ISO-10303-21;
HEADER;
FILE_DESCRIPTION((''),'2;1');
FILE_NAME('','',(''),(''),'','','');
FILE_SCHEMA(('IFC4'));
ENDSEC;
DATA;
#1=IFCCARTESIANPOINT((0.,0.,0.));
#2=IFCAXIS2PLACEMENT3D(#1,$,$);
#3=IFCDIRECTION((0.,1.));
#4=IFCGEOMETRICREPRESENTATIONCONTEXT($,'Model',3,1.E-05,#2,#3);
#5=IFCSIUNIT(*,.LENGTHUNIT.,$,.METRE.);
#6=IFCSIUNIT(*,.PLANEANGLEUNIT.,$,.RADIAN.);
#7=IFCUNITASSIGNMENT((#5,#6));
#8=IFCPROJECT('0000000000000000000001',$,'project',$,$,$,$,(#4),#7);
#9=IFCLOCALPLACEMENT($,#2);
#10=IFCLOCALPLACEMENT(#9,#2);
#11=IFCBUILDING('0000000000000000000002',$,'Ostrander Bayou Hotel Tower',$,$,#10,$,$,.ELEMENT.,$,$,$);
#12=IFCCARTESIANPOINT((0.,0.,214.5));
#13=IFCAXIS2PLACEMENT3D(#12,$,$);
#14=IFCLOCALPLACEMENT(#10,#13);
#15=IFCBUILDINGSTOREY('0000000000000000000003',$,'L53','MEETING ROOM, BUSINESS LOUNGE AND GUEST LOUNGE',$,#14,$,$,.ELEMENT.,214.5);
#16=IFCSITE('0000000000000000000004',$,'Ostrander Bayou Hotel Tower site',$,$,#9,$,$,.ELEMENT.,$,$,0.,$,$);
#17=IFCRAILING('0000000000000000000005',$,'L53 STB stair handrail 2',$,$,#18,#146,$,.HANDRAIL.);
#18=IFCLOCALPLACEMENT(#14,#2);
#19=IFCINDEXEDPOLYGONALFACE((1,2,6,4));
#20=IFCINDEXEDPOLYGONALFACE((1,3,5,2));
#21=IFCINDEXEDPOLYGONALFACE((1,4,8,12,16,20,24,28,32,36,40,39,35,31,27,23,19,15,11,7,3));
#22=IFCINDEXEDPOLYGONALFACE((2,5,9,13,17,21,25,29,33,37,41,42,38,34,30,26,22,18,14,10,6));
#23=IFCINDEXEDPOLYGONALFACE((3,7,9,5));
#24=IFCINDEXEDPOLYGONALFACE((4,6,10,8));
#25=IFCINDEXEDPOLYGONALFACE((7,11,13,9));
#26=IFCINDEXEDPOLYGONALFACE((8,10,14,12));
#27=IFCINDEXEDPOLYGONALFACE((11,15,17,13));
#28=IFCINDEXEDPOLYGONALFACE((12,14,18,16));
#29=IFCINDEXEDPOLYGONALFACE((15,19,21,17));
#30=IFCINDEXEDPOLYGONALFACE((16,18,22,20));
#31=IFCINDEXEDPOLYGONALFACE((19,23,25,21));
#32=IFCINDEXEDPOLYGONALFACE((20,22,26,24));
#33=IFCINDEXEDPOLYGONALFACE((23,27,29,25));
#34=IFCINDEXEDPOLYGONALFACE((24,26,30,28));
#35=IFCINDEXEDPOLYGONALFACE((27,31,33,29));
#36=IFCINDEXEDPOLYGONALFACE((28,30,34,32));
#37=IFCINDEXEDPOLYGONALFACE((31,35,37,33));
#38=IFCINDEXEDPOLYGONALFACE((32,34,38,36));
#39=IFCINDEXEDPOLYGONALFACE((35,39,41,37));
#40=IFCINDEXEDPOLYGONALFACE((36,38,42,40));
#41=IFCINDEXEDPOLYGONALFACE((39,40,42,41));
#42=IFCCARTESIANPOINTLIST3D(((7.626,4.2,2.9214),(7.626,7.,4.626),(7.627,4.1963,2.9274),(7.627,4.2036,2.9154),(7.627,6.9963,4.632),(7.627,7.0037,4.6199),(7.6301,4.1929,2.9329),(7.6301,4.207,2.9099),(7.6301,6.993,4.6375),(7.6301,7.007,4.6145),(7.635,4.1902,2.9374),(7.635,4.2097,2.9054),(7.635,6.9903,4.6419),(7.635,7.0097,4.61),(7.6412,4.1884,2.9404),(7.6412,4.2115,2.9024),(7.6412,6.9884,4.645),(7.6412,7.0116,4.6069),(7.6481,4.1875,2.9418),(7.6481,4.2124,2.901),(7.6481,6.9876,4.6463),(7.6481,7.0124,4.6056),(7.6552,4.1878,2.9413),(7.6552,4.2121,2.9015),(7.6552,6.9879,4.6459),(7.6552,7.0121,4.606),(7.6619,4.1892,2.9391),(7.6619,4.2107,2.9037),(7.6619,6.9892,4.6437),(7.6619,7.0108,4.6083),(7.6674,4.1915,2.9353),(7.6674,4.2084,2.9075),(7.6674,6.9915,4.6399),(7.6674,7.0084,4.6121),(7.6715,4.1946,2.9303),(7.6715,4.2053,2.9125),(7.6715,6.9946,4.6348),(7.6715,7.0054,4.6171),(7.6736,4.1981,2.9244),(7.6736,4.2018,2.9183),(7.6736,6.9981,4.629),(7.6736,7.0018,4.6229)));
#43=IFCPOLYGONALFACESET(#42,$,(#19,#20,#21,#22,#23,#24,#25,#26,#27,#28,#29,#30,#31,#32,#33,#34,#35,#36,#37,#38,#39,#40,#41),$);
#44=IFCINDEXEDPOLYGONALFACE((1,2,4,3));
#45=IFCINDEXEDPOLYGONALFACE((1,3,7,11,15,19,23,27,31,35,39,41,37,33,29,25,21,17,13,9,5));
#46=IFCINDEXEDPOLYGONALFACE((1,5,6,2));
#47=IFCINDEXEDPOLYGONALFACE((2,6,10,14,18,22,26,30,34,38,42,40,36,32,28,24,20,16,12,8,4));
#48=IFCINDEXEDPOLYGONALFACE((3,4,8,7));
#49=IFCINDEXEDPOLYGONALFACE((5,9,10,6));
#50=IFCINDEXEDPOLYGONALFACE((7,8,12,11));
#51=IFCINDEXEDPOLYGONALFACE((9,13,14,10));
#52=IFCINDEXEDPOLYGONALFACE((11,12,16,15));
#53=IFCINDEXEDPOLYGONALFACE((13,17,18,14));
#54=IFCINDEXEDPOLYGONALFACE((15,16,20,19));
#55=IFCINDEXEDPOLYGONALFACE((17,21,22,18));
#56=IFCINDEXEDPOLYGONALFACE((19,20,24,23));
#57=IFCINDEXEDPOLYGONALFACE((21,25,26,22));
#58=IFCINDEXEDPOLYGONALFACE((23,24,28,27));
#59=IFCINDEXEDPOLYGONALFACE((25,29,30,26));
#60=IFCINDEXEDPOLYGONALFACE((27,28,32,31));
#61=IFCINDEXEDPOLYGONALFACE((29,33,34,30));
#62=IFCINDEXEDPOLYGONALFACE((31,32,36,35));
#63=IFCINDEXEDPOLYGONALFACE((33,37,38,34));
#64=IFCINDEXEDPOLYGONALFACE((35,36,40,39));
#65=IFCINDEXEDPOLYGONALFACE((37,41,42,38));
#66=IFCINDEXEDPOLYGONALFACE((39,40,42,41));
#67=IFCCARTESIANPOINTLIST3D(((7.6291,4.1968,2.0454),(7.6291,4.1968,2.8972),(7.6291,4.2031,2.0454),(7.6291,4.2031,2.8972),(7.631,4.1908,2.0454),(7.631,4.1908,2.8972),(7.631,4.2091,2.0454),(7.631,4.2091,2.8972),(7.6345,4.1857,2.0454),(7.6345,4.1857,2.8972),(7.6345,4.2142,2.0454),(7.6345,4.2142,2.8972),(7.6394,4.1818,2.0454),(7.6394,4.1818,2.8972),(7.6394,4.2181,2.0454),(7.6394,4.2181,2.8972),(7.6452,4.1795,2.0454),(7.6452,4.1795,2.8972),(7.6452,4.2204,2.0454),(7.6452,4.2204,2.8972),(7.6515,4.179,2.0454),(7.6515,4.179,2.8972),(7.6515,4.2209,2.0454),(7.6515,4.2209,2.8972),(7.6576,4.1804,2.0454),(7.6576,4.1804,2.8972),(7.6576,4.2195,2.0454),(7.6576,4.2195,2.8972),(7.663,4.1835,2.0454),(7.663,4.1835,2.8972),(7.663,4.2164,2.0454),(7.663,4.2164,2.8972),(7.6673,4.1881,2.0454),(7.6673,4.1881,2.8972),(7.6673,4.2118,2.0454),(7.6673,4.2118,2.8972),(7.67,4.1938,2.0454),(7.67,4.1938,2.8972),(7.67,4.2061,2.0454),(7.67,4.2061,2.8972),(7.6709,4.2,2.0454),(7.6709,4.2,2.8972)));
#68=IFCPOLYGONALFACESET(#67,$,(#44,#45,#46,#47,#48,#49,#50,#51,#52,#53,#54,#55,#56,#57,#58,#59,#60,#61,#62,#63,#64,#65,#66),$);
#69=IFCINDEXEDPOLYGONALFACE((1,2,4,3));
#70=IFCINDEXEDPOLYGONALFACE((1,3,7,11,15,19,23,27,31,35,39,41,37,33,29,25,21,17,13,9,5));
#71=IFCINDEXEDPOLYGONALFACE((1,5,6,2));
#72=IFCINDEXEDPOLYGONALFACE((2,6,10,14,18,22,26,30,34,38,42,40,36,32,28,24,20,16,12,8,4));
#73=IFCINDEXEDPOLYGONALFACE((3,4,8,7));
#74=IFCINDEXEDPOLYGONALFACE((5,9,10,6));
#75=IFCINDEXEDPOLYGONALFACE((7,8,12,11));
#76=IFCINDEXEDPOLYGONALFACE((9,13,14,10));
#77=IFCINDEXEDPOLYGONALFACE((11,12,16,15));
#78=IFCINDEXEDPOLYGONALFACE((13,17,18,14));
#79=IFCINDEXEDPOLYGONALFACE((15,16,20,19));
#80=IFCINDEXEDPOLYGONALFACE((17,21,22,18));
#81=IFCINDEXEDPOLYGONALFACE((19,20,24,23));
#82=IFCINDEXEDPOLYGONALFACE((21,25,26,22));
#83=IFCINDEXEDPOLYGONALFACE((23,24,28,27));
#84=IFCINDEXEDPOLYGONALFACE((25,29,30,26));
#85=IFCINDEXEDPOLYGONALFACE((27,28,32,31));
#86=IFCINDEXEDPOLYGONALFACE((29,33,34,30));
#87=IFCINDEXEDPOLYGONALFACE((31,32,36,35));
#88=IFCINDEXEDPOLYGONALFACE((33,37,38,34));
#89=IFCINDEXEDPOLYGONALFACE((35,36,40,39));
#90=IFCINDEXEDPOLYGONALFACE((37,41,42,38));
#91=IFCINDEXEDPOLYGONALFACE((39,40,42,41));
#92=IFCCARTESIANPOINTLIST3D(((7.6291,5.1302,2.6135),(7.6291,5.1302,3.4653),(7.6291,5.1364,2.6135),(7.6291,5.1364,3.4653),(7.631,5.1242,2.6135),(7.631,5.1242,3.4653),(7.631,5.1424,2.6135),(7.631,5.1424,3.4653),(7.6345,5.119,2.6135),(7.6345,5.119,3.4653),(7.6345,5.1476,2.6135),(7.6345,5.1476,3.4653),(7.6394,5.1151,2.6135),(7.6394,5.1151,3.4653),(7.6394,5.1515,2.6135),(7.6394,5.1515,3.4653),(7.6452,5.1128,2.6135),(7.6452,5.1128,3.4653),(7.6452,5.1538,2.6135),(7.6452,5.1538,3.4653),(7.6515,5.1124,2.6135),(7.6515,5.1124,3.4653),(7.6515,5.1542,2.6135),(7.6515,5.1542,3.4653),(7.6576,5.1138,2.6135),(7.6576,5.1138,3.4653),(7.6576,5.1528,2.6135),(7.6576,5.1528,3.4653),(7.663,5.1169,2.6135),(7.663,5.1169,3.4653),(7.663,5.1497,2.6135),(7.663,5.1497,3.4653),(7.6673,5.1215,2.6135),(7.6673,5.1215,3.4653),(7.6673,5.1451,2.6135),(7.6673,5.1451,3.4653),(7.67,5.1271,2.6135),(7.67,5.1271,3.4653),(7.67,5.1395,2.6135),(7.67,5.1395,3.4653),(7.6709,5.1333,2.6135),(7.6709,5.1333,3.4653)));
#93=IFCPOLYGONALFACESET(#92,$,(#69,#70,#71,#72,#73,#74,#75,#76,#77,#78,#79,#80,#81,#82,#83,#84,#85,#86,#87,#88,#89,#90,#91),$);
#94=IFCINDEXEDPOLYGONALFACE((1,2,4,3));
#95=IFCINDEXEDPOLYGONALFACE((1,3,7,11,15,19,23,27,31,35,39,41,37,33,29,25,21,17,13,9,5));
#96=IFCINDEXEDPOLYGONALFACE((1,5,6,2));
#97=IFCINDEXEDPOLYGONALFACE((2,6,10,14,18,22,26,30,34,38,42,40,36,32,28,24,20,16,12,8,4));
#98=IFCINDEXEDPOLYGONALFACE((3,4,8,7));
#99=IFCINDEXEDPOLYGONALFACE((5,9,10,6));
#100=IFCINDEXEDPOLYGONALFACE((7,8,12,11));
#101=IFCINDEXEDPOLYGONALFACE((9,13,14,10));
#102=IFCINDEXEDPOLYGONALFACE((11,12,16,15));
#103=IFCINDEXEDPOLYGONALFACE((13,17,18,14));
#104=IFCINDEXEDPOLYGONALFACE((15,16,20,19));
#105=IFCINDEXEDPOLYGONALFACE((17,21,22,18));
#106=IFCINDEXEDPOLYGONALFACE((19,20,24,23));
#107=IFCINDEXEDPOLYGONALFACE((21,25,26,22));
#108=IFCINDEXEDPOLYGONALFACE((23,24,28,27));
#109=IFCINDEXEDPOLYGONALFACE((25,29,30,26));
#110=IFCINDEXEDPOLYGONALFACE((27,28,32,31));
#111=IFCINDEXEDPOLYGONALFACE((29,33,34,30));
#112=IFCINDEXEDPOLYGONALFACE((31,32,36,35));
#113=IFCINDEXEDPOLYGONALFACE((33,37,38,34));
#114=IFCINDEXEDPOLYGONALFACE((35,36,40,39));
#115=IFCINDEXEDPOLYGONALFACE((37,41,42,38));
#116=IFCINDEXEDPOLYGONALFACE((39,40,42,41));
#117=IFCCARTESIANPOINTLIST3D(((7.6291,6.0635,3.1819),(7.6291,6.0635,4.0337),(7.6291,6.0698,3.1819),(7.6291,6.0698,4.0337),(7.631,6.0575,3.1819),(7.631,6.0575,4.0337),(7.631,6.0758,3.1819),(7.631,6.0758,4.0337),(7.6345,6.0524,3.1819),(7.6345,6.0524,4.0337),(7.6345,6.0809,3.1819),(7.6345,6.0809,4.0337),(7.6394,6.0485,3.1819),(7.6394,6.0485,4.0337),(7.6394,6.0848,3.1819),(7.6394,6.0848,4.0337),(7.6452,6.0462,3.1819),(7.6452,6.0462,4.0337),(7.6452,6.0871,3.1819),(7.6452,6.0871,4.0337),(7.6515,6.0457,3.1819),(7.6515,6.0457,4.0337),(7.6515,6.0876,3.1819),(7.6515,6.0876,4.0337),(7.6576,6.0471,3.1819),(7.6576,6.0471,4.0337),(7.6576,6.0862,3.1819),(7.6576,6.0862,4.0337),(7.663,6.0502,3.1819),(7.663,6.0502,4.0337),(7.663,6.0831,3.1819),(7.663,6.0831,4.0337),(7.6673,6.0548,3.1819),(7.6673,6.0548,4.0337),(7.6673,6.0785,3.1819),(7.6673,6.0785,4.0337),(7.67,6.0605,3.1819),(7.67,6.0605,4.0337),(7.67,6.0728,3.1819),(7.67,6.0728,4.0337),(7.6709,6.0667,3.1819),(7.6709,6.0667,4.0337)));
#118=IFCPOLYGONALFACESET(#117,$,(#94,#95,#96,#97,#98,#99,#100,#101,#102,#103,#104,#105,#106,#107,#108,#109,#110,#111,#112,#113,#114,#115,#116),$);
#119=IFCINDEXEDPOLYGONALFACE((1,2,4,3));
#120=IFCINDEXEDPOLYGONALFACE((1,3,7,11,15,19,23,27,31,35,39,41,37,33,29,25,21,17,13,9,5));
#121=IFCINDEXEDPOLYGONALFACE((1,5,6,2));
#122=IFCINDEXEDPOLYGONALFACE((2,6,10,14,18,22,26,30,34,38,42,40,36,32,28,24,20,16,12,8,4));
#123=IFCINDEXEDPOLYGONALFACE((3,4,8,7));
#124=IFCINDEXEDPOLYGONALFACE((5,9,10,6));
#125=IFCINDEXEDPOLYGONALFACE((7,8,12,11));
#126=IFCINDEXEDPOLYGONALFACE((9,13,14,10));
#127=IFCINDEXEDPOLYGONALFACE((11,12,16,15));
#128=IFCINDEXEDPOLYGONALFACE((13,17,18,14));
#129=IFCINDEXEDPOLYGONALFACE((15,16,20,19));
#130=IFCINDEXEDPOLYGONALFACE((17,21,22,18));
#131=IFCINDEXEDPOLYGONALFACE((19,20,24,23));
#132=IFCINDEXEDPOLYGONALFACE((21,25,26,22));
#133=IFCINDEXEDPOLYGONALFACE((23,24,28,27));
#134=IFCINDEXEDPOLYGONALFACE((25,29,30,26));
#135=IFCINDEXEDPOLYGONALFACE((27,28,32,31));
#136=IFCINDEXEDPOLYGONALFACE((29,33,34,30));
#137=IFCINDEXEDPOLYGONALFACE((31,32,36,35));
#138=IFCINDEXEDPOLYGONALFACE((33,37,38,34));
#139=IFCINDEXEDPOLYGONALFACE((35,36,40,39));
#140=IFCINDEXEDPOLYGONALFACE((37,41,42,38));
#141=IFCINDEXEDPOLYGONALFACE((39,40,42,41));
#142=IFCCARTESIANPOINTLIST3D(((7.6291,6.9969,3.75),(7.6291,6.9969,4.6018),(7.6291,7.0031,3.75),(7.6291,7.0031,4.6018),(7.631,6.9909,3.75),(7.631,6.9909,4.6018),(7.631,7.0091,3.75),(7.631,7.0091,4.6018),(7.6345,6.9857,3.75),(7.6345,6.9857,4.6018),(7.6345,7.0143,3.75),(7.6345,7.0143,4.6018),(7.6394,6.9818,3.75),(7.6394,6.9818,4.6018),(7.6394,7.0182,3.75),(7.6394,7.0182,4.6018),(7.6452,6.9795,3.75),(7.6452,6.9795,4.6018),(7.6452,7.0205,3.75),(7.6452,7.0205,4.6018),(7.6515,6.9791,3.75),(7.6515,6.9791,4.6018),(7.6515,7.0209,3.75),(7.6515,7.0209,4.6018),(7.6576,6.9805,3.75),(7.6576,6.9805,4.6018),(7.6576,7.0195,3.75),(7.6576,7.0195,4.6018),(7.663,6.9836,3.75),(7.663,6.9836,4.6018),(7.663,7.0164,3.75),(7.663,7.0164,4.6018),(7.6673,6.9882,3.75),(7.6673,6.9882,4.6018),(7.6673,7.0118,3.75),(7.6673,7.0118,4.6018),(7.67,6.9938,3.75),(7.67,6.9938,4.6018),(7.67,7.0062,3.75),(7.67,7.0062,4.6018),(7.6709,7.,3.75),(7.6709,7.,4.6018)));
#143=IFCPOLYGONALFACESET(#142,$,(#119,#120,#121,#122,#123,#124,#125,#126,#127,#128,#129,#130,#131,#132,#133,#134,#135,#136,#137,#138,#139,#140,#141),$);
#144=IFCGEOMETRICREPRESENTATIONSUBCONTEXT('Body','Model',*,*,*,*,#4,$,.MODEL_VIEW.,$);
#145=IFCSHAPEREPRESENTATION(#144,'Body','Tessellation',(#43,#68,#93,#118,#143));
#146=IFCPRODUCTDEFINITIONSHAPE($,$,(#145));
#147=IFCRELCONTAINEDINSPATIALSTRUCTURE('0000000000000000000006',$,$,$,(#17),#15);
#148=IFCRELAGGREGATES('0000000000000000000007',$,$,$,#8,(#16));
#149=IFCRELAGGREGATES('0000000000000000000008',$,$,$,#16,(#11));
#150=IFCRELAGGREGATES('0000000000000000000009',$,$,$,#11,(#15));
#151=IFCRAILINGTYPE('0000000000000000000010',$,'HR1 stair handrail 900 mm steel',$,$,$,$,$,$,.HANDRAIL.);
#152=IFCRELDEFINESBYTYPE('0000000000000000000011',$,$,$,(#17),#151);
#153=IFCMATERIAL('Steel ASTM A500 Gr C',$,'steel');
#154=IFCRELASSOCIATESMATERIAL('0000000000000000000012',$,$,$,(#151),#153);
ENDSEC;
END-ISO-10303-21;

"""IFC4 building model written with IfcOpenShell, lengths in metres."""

from ifc_helpers import new_model, si_unit, direction, frame, origin, origin_2d, place, context, subcontext, project, spatial, circle, extrude, material, type_object, element, save


model = new_model("IFC4")

# Units and contexts
model_context = context("Model", 3, precision=1e-05, world=origin(), true_north=direction((0.0, 1.0)))
body_context = subcontext(model_context, "Body", "Model", "MODEL_VIEW")
ifc_project = project(units=[si_unit("LENGTHUNIT", "METRE"), si_unit("PLANEANGLEUNIT", "RADIAN")], contexts=[model_context])

# Site, building, storey
site_placement = place(None, origin())
site = spatial("IfcSite", under=ifc_project, at=site_placement, Name="Ostrander Bayou Hotel Tower site", CompositionType="ELEMENT", RefElevation=0.0)
building_placement = place(site_placement, origin())
building = spatial("IfcBuilding", under=site, at=building_placement, Name="Ostrander Bayou Hotel Tower", CompositionType="ELEMENT")
storey_placement = place(building_placement, frame((0.0, 0.0, 214.5)))
storey = spatial("IfcBuildingStorey", under=building, at=storey_placement, Name="L53", Description="MEETING ROOM, BUSINESS LOUNGE AND GUEST LOUNGE", CompositionType="ELEMENT", Elevation=214.5)

# Railing
ifc_material_1 = material(Name="Steel ASTM A500 Gr C", Category="steel")
railing_type_1 = type_object("IfcRailingType", Name="HR1 stair handrail 900 mm steel", PredefinedType="HANDRAIL", material=ifc_material_1)
railing_1_placement = place(storey_placement, frame((7.6499, 4.2, 2.0454)))
element("IfcRailing", 1, at=railing_1_placement, inside=storey, type_object=railing_type_1, Name="L53 STB stair handrail 2", PredefinedType="HANDRAIL", context=body_context, shape_type="SweptSolid", body=[
    extrude(circle(Radius=0.0239, at=origin_2d()), frame((0.0, 0.0, 0.876), z_axis=(0.0, 0.85417, 0.519994), x_axis=(-1.0, 0.0, 0.0)), (0.0, 0.0, 1.0), 3.2781),
    extrude(circle(Radius=0.021, at=origin_2d()), origin(), (0.0, 0.0, 1.0), 0.8518),
    extrude(circle(Radius=0.021, at=origin_2d()), frame((0.0, 0.9333, 0.5681)), (0.0, 0.0, 1.0), 0.8518),
    extrude(circle(Radius=0.021, at=origin_2d()), frame((0.0, 1.8667, 1.1365)), (0.0, 0.0, 1.0), 0.8518),
    extrude(circle(Radius=0.021, at=origin_2d()), frame((0.0, 2.8, 1.7046)), (0.0, 0.0, 1.0), 0.8518),
])

save(model, "model.ifc")
